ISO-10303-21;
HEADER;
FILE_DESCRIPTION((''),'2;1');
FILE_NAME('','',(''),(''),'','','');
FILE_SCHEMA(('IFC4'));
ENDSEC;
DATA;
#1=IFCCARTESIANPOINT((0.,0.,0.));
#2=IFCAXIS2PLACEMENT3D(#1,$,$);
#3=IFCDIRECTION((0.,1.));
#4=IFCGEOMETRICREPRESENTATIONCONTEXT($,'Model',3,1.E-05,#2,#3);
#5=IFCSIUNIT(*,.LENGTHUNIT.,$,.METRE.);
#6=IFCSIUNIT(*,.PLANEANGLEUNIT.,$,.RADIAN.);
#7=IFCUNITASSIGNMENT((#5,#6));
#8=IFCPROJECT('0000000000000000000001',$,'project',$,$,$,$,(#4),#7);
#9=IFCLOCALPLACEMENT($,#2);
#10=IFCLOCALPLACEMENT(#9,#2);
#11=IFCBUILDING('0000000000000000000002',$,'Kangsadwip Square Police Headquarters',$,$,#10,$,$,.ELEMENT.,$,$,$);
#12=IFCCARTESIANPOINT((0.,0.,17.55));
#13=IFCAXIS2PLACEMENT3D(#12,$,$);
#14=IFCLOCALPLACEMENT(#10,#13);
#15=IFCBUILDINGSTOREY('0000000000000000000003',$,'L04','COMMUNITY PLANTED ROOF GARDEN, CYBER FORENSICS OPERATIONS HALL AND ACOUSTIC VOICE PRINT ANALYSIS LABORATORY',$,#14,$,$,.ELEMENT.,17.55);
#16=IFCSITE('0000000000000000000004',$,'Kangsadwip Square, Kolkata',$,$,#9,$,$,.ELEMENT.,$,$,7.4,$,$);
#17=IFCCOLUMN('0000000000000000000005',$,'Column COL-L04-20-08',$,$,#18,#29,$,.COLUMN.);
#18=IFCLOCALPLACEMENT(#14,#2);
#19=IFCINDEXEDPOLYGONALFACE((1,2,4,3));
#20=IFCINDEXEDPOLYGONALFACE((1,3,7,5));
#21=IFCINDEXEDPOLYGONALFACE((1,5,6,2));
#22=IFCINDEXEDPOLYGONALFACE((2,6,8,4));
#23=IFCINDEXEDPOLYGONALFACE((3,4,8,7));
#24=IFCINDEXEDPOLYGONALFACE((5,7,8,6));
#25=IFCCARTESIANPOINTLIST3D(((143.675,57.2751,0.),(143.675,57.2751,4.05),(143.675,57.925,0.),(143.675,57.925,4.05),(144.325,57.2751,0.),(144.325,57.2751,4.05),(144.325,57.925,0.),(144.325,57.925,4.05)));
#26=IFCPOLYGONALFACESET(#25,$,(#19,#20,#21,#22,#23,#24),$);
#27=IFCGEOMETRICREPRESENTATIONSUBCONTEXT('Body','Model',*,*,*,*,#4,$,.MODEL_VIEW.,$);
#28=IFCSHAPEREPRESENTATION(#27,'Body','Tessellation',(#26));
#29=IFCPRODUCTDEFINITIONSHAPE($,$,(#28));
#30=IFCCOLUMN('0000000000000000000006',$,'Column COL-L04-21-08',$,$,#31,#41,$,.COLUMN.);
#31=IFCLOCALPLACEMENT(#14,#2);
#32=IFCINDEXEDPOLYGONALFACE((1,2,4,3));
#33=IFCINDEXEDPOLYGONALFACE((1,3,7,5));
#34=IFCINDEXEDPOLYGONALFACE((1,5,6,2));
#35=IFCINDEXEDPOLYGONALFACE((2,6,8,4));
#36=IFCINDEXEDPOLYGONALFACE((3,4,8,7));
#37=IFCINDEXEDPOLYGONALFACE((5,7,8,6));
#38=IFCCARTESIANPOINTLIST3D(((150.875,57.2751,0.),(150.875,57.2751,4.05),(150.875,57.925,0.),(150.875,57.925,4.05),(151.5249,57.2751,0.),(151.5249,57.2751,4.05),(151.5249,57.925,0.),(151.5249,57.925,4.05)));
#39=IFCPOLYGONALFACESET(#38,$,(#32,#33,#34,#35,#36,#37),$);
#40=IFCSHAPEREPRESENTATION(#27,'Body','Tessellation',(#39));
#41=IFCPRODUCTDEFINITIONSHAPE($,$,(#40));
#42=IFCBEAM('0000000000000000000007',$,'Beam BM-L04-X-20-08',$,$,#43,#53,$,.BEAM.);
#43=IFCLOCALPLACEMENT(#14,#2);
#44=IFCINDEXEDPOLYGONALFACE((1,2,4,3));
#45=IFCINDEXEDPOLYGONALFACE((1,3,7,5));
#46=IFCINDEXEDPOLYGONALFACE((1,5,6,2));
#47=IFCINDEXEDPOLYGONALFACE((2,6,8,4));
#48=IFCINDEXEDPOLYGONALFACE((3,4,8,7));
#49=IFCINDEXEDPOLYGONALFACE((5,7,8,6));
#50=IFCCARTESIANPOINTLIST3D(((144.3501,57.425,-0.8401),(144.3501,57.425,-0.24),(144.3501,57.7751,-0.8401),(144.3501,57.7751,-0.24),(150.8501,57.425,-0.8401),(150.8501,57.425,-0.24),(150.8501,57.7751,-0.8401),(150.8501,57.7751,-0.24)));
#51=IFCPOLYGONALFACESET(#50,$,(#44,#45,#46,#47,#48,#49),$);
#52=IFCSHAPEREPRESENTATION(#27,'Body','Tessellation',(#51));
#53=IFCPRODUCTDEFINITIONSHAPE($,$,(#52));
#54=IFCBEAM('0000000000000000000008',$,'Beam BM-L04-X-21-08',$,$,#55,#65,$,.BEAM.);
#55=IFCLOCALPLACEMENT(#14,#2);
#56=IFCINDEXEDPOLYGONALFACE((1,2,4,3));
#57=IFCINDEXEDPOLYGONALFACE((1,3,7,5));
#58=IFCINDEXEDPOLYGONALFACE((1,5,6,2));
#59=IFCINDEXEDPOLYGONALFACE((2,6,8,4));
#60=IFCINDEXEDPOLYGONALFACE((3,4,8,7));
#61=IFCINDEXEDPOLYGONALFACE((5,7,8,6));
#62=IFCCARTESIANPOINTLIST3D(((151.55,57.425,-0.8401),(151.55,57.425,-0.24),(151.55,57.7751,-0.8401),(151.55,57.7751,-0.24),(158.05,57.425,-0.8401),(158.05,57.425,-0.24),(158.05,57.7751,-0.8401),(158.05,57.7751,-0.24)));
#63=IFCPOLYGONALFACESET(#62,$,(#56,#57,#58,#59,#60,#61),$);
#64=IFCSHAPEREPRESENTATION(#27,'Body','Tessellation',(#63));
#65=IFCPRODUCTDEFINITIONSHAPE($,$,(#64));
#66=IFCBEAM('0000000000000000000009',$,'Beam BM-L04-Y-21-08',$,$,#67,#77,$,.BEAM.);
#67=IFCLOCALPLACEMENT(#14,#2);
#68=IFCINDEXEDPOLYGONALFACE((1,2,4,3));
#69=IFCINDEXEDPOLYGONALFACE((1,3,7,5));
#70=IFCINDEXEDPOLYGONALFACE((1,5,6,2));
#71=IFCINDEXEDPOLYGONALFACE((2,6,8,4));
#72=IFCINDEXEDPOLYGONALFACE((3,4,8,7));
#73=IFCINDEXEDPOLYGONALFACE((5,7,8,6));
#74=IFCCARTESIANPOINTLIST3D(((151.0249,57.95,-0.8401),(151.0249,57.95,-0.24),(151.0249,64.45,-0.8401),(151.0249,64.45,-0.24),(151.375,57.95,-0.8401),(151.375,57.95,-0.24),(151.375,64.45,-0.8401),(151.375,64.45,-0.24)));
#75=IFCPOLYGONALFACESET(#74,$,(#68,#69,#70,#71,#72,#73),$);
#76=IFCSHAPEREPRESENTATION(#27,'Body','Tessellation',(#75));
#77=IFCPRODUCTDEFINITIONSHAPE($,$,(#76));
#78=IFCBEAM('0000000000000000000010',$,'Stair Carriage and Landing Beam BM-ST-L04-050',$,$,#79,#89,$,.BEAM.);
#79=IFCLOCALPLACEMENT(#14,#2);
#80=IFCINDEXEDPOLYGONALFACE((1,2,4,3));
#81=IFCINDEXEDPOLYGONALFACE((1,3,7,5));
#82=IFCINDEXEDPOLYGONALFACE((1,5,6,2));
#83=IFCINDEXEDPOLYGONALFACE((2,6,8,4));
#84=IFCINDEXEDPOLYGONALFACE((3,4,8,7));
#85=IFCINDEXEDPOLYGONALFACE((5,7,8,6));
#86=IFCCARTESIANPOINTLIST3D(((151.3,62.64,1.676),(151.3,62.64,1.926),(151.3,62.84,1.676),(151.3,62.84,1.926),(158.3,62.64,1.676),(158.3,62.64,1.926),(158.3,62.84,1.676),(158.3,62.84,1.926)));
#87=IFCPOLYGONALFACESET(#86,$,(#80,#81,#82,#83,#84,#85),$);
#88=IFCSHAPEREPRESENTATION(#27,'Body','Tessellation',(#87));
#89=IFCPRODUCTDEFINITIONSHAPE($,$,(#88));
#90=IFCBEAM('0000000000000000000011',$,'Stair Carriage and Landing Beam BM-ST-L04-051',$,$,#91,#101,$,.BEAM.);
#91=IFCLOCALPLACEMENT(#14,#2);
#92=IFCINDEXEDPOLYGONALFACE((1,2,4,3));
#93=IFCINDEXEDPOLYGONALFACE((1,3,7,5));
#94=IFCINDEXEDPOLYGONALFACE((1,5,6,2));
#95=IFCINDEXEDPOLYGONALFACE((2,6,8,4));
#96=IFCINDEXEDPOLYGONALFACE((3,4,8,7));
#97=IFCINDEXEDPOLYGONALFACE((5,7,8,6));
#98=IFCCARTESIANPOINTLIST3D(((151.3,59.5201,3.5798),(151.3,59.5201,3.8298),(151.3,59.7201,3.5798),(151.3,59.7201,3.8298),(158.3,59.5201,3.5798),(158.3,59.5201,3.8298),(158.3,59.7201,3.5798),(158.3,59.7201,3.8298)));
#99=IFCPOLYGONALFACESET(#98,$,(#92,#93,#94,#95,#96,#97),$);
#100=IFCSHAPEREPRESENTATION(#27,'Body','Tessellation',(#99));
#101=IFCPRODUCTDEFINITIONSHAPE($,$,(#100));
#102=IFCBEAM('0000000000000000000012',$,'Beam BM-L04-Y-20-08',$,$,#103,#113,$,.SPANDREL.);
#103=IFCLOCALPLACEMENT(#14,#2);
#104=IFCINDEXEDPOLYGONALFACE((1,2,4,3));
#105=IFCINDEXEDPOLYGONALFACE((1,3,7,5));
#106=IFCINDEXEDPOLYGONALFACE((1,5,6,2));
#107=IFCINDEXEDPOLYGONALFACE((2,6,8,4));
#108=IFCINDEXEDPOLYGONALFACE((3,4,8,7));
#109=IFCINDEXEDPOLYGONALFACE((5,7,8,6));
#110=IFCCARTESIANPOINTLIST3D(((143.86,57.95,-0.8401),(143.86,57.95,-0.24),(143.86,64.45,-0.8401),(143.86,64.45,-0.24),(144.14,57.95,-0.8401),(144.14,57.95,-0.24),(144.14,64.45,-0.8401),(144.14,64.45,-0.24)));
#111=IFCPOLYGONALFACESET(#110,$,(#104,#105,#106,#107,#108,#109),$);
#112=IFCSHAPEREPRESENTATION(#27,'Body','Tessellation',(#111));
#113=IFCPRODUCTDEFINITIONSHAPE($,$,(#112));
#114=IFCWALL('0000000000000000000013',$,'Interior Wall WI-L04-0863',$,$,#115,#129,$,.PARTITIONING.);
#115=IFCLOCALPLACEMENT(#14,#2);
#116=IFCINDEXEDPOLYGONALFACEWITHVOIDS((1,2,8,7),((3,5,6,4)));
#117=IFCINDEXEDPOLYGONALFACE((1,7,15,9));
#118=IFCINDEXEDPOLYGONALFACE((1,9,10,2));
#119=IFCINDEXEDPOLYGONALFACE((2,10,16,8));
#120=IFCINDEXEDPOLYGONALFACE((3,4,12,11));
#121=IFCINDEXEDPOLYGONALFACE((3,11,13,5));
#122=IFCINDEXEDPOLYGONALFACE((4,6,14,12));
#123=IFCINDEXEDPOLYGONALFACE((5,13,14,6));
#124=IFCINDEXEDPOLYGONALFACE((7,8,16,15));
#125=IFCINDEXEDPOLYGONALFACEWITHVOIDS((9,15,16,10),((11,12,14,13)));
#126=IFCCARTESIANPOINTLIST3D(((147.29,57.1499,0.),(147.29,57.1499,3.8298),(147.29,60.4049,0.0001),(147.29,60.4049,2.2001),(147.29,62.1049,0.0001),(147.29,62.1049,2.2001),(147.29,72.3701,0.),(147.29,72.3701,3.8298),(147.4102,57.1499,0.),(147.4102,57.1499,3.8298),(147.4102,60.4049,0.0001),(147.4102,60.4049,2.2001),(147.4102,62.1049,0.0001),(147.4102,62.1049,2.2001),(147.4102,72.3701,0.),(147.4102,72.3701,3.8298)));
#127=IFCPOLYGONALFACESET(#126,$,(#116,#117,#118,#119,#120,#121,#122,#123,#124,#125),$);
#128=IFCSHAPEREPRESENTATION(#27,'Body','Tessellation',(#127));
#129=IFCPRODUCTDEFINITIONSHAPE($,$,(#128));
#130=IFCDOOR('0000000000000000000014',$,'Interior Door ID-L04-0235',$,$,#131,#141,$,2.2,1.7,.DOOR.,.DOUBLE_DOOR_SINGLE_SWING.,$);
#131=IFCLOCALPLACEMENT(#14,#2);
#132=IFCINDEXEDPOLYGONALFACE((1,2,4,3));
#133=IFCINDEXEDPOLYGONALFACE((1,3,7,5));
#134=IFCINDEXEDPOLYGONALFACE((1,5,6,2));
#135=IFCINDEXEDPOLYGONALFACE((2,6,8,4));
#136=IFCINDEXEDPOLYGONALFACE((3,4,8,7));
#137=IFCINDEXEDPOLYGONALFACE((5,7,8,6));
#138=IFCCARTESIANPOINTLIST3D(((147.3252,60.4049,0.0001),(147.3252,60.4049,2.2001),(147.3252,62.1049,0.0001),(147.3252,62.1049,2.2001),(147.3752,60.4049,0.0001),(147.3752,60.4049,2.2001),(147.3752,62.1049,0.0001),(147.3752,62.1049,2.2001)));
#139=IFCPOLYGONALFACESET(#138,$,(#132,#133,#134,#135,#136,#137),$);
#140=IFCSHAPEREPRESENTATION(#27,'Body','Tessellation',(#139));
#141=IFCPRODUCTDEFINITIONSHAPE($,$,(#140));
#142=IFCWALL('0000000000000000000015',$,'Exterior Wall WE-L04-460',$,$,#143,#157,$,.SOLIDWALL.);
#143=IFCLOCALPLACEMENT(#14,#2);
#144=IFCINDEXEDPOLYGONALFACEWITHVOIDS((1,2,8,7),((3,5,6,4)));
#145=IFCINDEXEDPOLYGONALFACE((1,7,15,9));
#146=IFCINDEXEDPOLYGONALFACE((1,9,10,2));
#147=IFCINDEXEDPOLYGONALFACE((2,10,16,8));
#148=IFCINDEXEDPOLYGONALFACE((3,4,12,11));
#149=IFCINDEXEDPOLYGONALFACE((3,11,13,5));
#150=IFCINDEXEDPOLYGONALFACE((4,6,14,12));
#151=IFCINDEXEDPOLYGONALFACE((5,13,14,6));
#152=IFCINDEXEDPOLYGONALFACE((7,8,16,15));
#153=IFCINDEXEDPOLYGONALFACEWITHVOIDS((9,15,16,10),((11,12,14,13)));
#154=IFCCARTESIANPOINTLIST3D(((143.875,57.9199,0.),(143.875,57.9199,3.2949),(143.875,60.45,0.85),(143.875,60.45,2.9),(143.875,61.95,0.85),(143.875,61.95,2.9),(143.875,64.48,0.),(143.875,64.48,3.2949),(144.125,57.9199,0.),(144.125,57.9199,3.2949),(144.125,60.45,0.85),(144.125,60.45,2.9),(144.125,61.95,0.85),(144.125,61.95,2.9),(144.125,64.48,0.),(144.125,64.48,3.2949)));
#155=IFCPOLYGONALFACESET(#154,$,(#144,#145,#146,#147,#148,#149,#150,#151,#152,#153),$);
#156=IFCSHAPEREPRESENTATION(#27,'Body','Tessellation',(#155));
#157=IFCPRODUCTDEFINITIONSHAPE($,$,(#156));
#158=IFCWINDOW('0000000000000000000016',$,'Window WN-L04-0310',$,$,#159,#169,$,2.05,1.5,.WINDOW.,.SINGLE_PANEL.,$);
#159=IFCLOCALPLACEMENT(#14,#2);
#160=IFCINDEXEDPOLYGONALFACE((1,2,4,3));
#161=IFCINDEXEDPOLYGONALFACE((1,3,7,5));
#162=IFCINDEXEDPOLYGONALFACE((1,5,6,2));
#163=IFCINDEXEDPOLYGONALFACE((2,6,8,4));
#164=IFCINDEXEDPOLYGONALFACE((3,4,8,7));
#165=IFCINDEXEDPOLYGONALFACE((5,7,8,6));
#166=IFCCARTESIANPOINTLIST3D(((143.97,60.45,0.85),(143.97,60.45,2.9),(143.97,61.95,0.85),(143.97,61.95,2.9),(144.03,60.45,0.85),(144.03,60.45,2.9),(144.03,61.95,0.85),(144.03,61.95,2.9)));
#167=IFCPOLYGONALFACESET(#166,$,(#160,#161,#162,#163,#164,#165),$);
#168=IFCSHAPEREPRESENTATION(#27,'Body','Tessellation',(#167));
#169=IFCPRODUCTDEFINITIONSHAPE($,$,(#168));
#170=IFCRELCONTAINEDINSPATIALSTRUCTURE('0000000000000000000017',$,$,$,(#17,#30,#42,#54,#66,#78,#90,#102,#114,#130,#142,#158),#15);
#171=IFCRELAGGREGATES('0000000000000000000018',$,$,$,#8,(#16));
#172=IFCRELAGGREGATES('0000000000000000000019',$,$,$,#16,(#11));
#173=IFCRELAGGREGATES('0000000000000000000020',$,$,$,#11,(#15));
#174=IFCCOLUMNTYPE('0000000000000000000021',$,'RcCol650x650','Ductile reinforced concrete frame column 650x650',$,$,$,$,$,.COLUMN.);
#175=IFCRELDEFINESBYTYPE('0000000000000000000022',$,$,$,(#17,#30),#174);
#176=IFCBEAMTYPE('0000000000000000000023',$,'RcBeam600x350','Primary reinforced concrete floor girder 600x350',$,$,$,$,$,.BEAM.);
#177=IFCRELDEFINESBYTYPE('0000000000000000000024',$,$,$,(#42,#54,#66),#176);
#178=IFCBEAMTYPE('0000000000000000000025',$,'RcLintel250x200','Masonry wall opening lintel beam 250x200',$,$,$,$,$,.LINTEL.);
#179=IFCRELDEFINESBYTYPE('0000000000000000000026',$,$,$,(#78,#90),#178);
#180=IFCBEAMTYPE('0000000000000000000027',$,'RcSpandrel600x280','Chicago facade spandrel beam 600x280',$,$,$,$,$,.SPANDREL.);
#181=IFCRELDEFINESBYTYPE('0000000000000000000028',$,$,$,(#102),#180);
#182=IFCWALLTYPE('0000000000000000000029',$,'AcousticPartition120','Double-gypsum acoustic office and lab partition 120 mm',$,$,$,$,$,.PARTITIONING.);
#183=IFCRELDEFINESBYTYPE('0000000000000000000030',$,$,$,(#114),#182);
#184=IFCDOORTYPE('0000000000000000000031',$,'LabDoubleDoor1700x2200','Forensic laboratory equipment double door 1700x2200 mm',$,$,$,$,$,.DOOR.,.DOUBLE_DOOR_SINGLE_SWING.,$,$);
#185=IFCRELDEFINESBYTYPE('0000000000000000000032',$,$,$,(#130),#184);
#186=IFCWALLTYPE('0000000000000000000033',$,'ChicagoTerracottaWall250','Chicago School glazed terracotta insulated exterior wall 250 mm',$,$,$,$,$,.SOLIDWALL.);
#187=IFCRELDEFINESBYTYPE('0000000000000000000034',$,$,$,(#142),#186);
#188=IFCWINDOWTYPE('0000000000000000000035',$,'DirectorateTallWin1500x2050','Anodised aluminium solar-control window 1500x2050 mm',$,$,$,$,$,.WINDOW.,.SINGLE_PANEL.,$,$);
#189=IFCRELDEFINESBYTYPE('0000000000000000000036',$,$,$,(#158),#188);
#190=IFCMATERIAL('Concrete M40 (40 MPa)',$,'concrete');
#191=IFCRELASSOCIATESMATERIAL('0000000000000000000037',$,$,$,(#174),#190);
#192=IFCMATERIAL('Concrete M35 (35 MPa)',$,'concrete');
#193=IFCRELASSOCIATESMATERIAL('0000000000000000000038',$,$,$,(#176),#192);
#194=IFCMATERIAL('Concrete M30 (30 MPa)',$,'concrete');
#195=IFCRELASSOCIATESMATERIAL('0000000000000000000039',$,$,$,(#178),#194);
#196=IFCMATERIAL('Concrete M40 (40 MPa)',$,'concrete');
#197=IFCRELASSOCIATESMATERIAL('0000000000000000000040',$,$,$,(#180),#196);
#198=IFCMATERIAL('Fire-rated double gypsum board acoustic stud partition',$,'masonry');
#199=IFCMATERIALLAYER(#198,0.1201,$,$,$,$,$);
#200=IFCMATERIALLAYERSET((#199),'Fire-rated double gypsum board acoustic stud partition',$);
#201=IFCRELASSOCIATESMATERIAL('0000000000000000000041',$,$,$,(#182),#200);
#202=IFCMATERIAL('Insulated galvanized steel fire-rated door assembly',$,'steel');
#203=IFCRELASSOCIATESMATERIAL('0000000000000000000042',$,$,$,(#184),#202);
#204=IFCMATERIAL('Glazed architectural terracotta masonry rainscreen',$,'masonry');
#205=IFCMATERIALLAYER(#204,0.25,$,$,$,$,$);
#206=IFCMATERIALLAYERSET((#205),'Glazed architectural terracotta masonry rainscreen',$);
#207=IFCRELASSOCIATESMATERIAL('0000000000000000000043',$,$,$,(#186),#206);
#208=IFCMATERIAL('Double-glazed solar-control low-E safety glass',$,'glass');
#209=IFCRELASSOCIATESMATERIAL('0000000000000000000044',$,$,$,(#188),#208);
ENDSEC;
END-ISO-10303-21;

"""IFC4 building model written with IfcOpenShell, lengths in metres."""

from ifc_helpers import new_model, si_unit, direction, frame, frame_2d, origin, origin_2d, place, context, subcontext, project, spatial, rectangle, extrude, material, layer, layer_set, material_profile, profile_set, type_object, element, fill, save


model = new_model("IFC4")

# Units and contexts
model_context = context("Model", 3, precision=1e-05, world=origin(), true_north=direction((0.0, 1.0)))
body_context = subcontext(model_context, "Body", "Model", "MODEL_VIEW")
ifc_project = project(units=[si_unit("LENGTHUNIT", "METRE"), si_unit("PLANEANGLEUNIT", "RADIAN")], contexts=[model_context])

# Site, building, storey
site_placement = place(None, origin())
site = spatial("IfcSite", under=ifc_project, at=site_placement, Name="Kangsadwip Square, Kolkata", CompositionType="ELEMENT", RefElevation=7.4)
building_placement = place(site_placement, origin())
building = spatial("IfcBuilding", under=site, at=building_placement, Name="Kangsadwip Square Police Headquarters", CompositionType="ELEMENT")
storey_placement = place(building_placement, frame((0.0, 0.0, 17.55)))
storey = spatial("IfcBuildingStorey", under=building, at=storey_placement, Name="L04", Description="COMMUNITY PLANTED ROOF GARDEN, CYBER FORENSICS OPERATIONS HALL AND ACOUSTIC VOICE PRINT ANALYSIS LABORATORY", CompositionType="ELEMENT", Elevation=17.55)

# Columns
ifc_material_1 = material(Name="Concrete M40 (40 MPa)", Category="concrete")
ifc_material_profile_1 = material_profile(ifc_material_1, rectangle(XDim=0.6499, YDim=0.6499, at=origin_2d()), Name="RC COL 650X650")
ifc_profile_set_1 = profile_set([ifc_material_profile_1], Name="Concrete M40 (40 MPa)")
column_type = type_object("IfcColumnType", Name="RcCol650x650", Description="Ductile reinforced concrete frame column 650x650", PredefinedType="COLUMN", material=ifc_profile_set_1)
for number, where, z_axis, x_axis, name in (
    (1, (144.0, 57.6001, 0.0), (0.0, 0.0, 1.0), (1.0, 0.0, 0.0), "Column COL-L04-20-08"),
    (2, (151.2, 57.6001, 0.0), (0.0, 0.0, 1.0), (1.0, 0.0, 0.0), "Column COL-L04-21-08"),
):
    element("IfcColumn", number, at=place(storey_placement, frame(where, z_axis=z_axis, x_axis=x_axis)), inside=storey, type_object=column_type, Name=name, PredefinedType="COLUMN", context=body_context, shape_type="SweptSolid", body=[
        extrude(rectangle(XDim=0.6499, YDim=0.6499, at=origin_2d()), origin(), (0.0, 0.0, 1.0), 4.05),
    ])

# Beams
ifc_material_2 = material(Name="Concrete M35 (35 MPa)", Category="concrete")
ifc_material_profile_2 = material_profile(ifc_material_2, rectangle(XDim=0.3501, YDim=0.6001, at=origin_2d()), Name="RC BM 600X350")
ifc_profile_set_2 = profile_set([ifc_material_profile_2], Name="Concrete M35 (35 MPa)")
beam_type_1 = type_object("IfcBeamType", Name="RcBeam600x350", Description="Primary reinforced concrete floor girder 600x350", PredefinedType="BEAM", material=ifc_profile_set_2)
for number, where, z_axis, x_axis, name in (
    (3, (144.3501, 57.6001, -0.54), (1.0, 0.0, 0.0), (0.0, 1.0, 0.0), "Beam BM-L04-X-20-08"),
    (4, (151.55, 57.6001, -0.54), (1.0, 0.0, 0.0), (0.0, 1.0, 0.0), "Beam BM-L04-X-21-08"),
    (5, (151.2, 57.95, -0.54), (0.0, 1.0, 0.0), (-1.0, 0.0, 0.0), "Beam BM-L04-Y-21-08"),
):
    element("IfcBeam", number, at=place(storey_placement, frame(where, z_axis=z_axis, x_axis=x_axis)), inside=storey, type_object=beam_type_1, Name=name, PredefinedType="BEAM", context=body_context, shape_type="SweptSolid", body=[
        extrude(rectangle(XDim=0.3501, YDim=0.6001, at=origin_2d()), origin(), (0.0, 0.0, 1.0), 6.5),
    ])
ifc_material_3 = material(Name="Concrete M30 (30 MPa)", Category="concrete")
ifc_material_profile_3 = material_profile(ifc_material_3, rectangle(XDim=0.2, YDim=0.25, at=origin_2d()), Name="RC LNT 250X200")
ifc_profile_set_3 = profile_set([ifc_material_profile_3], Name="Concrete M30 (30 MPa)")
beam_type_2 = type_object("IfcBeamType", Name="RcLintel250x200", Description="Masonry wall opening lintel beam 250x200", PredefinedType="LINTEL", material=ifc_profile_set_3)
for number, where, z_axis, x_axis, name in (
    (6, (151.3, 62.74, 1.801), (1.0, 0.0, 0.0), (0.0, 1.0, 0.0), "Stair Carriage and Landing Beam BM-ST-L04-050"),
    (7, (151.3, 59.6201, 3.7048), (1.0, 0.0, 0.0), (0.0, 1.0, 0.0), "Stair Carriage and Landing Beam BM-ST-L04-051"),
):
    element("IfcBeam", number, at=place(storey_placement, frame(where, z_axis=z_axis, x_axis=x_axis)), inside=storey, type_object=beam_type_2, Name=name, PredefinedType="BEAM", context=body_context, shape_type="SweptSolid", body=[
        extrude(rectangle(XDim=0.2, YDim=0.25, at=origin_2d()), origin(), (0.0, 0.0, 1.0), 7.0),
    ])
ifc_material_4 = material(Name="Concrete M40 (40 MPa)", Category="concrete")
ifc_material_profile_4 = material_profile(ifc_material_4, rectangle(XDim=0.28, YDim=0.6001, at=origin_2d()), Name="RC SPN 600X280")
ifc_profile_set_4 = profile_set([ifc_material_profile_4], Name="Concrete M40 (40 MPa)")
beam_type_3 = type_object("IfcBeamType", Name="RcSpandrel600x280", Description="Chicago facade spandrel beam 600x280", PredefinedType="SPANDREL", material=ifc_profile_set_4)
beam_placement = place(storey_placement, frame((144.0, 57.95, -0.54), z_axis=(0.0, 1.0, 0.0), x_axis=(-1.0, 0.0, 0.0)))
element("IfcBeam", 8, at=beam_placement, inside=storey, type_object=beam_type_3, Name="Beam BM-L04-Y-20-08", PredefinedType="SPANDREL", context=body_context, shape_type="SweptSolid", body=[
    extrude(rectangle(XDim=0.28, YDim=0.6001, at=origin_2d()), origin(), (0.0, 0.0, 1.0), 6.5),
])

# Wall, opening, door
ifc_material_5 = material(Name="Fire-rated double gypsum board acoustic stud partition", Category="masonry")
ifc_layer_1 = layer(ifc_material_5, 0.1201)
ifc_layer_set_1 = layer_set([ifc_layer_1], Name="Fire-rated double gypsum board acoustic stud partition")
wall_type_1 = type_object("IfcWallType", Name="AcousticPartition120", Description="Double-gypsum acoustic office and lab partition 120 mm", PredefinedType="PARTITIONING", material=ifc_layer_set_1)
wall_1_placement = place(storey_placement, frame((147.3501, 57.1499, 0.0), z_axis=(0.0, 0.0, 1.0), x_axis=(0.0, 1.0, 0.0)))
wall_1 = element("IfcWall", 9, at=wall_1_placement, inside=storey, type_object=wall_type_1, Name="Interior Wall WI-L04-0863", PredefinedType="PARTITIONING", context=body_context, shape_type="SweptSolid", body=[
    extrude(rectangle(XDim=15.2202, YDim=0.1201, at=frame_2d((7.6101, 0.0))), origin(), (0.0, 0.0, 1.0), 3.8298),
])
opening_1_placement = place(wall_1_placement, frame((3.2549, 0.0, 0.0)))
opening_1 = element("IfcOpeningElement", 10, at=opening_1_placement, cuts=wall_1, PredefinedType="OPENING", context=body_context, shape_type="SweptSolid", body=[
    extrude(rectangle(XDim=1.7, YDim=2.2, at=frame_2d((0.8501, 1.1001))), frame((0.0, 0.0701, 0.0), z_axis=(0.0, -1.0, 0.0), x_axis=(1.0, 0.0, 0.0)), (0.0, 0.0, 1.0), 0.1401),
])
ifc_material_6 = material(Name="Insulated galvanized steel fire-rated door assembly", Category="steel")
door_type_1 = type_object("IfcDoorType", Name="LabDoubleDoor1700x2200", Description="Forensic laboratory equipment double door 1700x2200 mm", OperationType="DOUBLE_DOOR_SINGLE_SWING", PredefinedType="DOOR", material=ifc_material_6)
door_1_placement = place(opening_1_placement, origin())
door_1 = element("IfcDoor", 11, at=door_1_placement, inside=storey, type_object=door_type_1, Name="Interior Door ID-L04-0235", OperationType="DOUBLE_DOOR_SINGLE_SWING", OverallHeight=2.2, OverallWidth=1.7, PredefinedType="DOOR", context=body_context, shape_type="SweptSolid", body=[
    extrude(rectangle(XDim=1.7, YDim=2.2, at=frame_2d((0.8501, 1.1001))), frame((0.0, 0.0249, 0.0), z_axis=(0.0, -1.0, 0.0), x_axis=(1.0, 0.0, 0.0)), (0.0, 0.0, 1.0), 0.05),
])
fill(opening_1, door_1)

# Wall, opening, window
ifc_material_7 = material(Name="Glazed architectural terracotta masonry rainscreen", Category="masonry")
ifc_layer_2 = layer(ifc_material_7, 0.25)
ifc_layer_set_2 = layer_set([ifc_layer_2], Name="Glazed architectural terracotta masonry rainscreen")
wall_type_2 = type_object("IfcWallType", Name="ChicagoTerracottaWall250", Description="Chicago School glazed terracotta insulated exterior wall 250 mm", PredefinedType="SOLIDWALL", material=ifc_layer_set_2)
wall_2_placement = place(storey_placement, frame((144.0, 57.9199, 0.0), z_axis=(0.0, 0.0, 1.0), x_axis=(0.0, 1.0, 0.0)))
wall_2 = element("IfcWall", 12, at=wall_2_placement, inside=storey, type_object=wall_type_2, Name="Exterior Wall WE-L04-460", PredefinedType="SOLIDWALL", context=body_context, shape_type="SweptSolid", body=[
    extrude(rectangle(XDim=6.5601, YDim=0.25, at=frame_2d((3.28, 0.0))), origin(), (0.0, 0.0, 1.0), 3.2949),
])
opening_2_placement = place(wall_2_placement, frame((2.53, 0.0, 0.8501)))
opening_2 = element("IfcOpeningElement", 13, at=opening_2_placement, cuts=wall_2, PredefinedType="OPENING", context=body_context, shape_type="SweptSolid", body=[
    extrude(rectangle(XDim=1.5, YDim=2.05, at=frame_2d((0.75, 1.0249))), frame((0.0, 0.135, 0.0), z_axis=(0.0, -1.0, 0.0), x_axis=(1.0, 0.0, 0.0)), (0.0, 0.0, 1.0), 0.27),
])
ifc_material_8 = material(Name="Double-glazed solar-control low-E safety glass", Category="glass")
window_type = type_object("IfcWindowType", Name="DirectorateTallWin1500x2050", Description="Anodised aluminium solar-control window 1500x2050 mm", PartitioningType="SINGLE_PANEL", PredefinedType="WINDOW", material=ifc_material_8)
window_placement = place(opening_2_placement, origin())
window = element("IfcWindow", 14, at=window_placement, inside=storey, type_object=window_type, Name="Window WN-L04-0310", OverallHeight=2.05, OverallWidth=1.5, PartitioningType="SINGLE_PANEL", PredefinedType="WINDOW", context=body_context, shape_type="SweptSolid", body=[
    extrude(rectangle(XDim=1.5, YDim=2.05, at=frame_2d((0.75, 1.0249))), frame((0.0, 0.03, 0.0), z_axis=(0.0, -1.0, 0.0), x_axis=(1.0, 0.0, 0.0)), (0.0, 0.0, 1.0), 0.0601),
])
fill(opening_2, window)

save(model, "model.ifc")
